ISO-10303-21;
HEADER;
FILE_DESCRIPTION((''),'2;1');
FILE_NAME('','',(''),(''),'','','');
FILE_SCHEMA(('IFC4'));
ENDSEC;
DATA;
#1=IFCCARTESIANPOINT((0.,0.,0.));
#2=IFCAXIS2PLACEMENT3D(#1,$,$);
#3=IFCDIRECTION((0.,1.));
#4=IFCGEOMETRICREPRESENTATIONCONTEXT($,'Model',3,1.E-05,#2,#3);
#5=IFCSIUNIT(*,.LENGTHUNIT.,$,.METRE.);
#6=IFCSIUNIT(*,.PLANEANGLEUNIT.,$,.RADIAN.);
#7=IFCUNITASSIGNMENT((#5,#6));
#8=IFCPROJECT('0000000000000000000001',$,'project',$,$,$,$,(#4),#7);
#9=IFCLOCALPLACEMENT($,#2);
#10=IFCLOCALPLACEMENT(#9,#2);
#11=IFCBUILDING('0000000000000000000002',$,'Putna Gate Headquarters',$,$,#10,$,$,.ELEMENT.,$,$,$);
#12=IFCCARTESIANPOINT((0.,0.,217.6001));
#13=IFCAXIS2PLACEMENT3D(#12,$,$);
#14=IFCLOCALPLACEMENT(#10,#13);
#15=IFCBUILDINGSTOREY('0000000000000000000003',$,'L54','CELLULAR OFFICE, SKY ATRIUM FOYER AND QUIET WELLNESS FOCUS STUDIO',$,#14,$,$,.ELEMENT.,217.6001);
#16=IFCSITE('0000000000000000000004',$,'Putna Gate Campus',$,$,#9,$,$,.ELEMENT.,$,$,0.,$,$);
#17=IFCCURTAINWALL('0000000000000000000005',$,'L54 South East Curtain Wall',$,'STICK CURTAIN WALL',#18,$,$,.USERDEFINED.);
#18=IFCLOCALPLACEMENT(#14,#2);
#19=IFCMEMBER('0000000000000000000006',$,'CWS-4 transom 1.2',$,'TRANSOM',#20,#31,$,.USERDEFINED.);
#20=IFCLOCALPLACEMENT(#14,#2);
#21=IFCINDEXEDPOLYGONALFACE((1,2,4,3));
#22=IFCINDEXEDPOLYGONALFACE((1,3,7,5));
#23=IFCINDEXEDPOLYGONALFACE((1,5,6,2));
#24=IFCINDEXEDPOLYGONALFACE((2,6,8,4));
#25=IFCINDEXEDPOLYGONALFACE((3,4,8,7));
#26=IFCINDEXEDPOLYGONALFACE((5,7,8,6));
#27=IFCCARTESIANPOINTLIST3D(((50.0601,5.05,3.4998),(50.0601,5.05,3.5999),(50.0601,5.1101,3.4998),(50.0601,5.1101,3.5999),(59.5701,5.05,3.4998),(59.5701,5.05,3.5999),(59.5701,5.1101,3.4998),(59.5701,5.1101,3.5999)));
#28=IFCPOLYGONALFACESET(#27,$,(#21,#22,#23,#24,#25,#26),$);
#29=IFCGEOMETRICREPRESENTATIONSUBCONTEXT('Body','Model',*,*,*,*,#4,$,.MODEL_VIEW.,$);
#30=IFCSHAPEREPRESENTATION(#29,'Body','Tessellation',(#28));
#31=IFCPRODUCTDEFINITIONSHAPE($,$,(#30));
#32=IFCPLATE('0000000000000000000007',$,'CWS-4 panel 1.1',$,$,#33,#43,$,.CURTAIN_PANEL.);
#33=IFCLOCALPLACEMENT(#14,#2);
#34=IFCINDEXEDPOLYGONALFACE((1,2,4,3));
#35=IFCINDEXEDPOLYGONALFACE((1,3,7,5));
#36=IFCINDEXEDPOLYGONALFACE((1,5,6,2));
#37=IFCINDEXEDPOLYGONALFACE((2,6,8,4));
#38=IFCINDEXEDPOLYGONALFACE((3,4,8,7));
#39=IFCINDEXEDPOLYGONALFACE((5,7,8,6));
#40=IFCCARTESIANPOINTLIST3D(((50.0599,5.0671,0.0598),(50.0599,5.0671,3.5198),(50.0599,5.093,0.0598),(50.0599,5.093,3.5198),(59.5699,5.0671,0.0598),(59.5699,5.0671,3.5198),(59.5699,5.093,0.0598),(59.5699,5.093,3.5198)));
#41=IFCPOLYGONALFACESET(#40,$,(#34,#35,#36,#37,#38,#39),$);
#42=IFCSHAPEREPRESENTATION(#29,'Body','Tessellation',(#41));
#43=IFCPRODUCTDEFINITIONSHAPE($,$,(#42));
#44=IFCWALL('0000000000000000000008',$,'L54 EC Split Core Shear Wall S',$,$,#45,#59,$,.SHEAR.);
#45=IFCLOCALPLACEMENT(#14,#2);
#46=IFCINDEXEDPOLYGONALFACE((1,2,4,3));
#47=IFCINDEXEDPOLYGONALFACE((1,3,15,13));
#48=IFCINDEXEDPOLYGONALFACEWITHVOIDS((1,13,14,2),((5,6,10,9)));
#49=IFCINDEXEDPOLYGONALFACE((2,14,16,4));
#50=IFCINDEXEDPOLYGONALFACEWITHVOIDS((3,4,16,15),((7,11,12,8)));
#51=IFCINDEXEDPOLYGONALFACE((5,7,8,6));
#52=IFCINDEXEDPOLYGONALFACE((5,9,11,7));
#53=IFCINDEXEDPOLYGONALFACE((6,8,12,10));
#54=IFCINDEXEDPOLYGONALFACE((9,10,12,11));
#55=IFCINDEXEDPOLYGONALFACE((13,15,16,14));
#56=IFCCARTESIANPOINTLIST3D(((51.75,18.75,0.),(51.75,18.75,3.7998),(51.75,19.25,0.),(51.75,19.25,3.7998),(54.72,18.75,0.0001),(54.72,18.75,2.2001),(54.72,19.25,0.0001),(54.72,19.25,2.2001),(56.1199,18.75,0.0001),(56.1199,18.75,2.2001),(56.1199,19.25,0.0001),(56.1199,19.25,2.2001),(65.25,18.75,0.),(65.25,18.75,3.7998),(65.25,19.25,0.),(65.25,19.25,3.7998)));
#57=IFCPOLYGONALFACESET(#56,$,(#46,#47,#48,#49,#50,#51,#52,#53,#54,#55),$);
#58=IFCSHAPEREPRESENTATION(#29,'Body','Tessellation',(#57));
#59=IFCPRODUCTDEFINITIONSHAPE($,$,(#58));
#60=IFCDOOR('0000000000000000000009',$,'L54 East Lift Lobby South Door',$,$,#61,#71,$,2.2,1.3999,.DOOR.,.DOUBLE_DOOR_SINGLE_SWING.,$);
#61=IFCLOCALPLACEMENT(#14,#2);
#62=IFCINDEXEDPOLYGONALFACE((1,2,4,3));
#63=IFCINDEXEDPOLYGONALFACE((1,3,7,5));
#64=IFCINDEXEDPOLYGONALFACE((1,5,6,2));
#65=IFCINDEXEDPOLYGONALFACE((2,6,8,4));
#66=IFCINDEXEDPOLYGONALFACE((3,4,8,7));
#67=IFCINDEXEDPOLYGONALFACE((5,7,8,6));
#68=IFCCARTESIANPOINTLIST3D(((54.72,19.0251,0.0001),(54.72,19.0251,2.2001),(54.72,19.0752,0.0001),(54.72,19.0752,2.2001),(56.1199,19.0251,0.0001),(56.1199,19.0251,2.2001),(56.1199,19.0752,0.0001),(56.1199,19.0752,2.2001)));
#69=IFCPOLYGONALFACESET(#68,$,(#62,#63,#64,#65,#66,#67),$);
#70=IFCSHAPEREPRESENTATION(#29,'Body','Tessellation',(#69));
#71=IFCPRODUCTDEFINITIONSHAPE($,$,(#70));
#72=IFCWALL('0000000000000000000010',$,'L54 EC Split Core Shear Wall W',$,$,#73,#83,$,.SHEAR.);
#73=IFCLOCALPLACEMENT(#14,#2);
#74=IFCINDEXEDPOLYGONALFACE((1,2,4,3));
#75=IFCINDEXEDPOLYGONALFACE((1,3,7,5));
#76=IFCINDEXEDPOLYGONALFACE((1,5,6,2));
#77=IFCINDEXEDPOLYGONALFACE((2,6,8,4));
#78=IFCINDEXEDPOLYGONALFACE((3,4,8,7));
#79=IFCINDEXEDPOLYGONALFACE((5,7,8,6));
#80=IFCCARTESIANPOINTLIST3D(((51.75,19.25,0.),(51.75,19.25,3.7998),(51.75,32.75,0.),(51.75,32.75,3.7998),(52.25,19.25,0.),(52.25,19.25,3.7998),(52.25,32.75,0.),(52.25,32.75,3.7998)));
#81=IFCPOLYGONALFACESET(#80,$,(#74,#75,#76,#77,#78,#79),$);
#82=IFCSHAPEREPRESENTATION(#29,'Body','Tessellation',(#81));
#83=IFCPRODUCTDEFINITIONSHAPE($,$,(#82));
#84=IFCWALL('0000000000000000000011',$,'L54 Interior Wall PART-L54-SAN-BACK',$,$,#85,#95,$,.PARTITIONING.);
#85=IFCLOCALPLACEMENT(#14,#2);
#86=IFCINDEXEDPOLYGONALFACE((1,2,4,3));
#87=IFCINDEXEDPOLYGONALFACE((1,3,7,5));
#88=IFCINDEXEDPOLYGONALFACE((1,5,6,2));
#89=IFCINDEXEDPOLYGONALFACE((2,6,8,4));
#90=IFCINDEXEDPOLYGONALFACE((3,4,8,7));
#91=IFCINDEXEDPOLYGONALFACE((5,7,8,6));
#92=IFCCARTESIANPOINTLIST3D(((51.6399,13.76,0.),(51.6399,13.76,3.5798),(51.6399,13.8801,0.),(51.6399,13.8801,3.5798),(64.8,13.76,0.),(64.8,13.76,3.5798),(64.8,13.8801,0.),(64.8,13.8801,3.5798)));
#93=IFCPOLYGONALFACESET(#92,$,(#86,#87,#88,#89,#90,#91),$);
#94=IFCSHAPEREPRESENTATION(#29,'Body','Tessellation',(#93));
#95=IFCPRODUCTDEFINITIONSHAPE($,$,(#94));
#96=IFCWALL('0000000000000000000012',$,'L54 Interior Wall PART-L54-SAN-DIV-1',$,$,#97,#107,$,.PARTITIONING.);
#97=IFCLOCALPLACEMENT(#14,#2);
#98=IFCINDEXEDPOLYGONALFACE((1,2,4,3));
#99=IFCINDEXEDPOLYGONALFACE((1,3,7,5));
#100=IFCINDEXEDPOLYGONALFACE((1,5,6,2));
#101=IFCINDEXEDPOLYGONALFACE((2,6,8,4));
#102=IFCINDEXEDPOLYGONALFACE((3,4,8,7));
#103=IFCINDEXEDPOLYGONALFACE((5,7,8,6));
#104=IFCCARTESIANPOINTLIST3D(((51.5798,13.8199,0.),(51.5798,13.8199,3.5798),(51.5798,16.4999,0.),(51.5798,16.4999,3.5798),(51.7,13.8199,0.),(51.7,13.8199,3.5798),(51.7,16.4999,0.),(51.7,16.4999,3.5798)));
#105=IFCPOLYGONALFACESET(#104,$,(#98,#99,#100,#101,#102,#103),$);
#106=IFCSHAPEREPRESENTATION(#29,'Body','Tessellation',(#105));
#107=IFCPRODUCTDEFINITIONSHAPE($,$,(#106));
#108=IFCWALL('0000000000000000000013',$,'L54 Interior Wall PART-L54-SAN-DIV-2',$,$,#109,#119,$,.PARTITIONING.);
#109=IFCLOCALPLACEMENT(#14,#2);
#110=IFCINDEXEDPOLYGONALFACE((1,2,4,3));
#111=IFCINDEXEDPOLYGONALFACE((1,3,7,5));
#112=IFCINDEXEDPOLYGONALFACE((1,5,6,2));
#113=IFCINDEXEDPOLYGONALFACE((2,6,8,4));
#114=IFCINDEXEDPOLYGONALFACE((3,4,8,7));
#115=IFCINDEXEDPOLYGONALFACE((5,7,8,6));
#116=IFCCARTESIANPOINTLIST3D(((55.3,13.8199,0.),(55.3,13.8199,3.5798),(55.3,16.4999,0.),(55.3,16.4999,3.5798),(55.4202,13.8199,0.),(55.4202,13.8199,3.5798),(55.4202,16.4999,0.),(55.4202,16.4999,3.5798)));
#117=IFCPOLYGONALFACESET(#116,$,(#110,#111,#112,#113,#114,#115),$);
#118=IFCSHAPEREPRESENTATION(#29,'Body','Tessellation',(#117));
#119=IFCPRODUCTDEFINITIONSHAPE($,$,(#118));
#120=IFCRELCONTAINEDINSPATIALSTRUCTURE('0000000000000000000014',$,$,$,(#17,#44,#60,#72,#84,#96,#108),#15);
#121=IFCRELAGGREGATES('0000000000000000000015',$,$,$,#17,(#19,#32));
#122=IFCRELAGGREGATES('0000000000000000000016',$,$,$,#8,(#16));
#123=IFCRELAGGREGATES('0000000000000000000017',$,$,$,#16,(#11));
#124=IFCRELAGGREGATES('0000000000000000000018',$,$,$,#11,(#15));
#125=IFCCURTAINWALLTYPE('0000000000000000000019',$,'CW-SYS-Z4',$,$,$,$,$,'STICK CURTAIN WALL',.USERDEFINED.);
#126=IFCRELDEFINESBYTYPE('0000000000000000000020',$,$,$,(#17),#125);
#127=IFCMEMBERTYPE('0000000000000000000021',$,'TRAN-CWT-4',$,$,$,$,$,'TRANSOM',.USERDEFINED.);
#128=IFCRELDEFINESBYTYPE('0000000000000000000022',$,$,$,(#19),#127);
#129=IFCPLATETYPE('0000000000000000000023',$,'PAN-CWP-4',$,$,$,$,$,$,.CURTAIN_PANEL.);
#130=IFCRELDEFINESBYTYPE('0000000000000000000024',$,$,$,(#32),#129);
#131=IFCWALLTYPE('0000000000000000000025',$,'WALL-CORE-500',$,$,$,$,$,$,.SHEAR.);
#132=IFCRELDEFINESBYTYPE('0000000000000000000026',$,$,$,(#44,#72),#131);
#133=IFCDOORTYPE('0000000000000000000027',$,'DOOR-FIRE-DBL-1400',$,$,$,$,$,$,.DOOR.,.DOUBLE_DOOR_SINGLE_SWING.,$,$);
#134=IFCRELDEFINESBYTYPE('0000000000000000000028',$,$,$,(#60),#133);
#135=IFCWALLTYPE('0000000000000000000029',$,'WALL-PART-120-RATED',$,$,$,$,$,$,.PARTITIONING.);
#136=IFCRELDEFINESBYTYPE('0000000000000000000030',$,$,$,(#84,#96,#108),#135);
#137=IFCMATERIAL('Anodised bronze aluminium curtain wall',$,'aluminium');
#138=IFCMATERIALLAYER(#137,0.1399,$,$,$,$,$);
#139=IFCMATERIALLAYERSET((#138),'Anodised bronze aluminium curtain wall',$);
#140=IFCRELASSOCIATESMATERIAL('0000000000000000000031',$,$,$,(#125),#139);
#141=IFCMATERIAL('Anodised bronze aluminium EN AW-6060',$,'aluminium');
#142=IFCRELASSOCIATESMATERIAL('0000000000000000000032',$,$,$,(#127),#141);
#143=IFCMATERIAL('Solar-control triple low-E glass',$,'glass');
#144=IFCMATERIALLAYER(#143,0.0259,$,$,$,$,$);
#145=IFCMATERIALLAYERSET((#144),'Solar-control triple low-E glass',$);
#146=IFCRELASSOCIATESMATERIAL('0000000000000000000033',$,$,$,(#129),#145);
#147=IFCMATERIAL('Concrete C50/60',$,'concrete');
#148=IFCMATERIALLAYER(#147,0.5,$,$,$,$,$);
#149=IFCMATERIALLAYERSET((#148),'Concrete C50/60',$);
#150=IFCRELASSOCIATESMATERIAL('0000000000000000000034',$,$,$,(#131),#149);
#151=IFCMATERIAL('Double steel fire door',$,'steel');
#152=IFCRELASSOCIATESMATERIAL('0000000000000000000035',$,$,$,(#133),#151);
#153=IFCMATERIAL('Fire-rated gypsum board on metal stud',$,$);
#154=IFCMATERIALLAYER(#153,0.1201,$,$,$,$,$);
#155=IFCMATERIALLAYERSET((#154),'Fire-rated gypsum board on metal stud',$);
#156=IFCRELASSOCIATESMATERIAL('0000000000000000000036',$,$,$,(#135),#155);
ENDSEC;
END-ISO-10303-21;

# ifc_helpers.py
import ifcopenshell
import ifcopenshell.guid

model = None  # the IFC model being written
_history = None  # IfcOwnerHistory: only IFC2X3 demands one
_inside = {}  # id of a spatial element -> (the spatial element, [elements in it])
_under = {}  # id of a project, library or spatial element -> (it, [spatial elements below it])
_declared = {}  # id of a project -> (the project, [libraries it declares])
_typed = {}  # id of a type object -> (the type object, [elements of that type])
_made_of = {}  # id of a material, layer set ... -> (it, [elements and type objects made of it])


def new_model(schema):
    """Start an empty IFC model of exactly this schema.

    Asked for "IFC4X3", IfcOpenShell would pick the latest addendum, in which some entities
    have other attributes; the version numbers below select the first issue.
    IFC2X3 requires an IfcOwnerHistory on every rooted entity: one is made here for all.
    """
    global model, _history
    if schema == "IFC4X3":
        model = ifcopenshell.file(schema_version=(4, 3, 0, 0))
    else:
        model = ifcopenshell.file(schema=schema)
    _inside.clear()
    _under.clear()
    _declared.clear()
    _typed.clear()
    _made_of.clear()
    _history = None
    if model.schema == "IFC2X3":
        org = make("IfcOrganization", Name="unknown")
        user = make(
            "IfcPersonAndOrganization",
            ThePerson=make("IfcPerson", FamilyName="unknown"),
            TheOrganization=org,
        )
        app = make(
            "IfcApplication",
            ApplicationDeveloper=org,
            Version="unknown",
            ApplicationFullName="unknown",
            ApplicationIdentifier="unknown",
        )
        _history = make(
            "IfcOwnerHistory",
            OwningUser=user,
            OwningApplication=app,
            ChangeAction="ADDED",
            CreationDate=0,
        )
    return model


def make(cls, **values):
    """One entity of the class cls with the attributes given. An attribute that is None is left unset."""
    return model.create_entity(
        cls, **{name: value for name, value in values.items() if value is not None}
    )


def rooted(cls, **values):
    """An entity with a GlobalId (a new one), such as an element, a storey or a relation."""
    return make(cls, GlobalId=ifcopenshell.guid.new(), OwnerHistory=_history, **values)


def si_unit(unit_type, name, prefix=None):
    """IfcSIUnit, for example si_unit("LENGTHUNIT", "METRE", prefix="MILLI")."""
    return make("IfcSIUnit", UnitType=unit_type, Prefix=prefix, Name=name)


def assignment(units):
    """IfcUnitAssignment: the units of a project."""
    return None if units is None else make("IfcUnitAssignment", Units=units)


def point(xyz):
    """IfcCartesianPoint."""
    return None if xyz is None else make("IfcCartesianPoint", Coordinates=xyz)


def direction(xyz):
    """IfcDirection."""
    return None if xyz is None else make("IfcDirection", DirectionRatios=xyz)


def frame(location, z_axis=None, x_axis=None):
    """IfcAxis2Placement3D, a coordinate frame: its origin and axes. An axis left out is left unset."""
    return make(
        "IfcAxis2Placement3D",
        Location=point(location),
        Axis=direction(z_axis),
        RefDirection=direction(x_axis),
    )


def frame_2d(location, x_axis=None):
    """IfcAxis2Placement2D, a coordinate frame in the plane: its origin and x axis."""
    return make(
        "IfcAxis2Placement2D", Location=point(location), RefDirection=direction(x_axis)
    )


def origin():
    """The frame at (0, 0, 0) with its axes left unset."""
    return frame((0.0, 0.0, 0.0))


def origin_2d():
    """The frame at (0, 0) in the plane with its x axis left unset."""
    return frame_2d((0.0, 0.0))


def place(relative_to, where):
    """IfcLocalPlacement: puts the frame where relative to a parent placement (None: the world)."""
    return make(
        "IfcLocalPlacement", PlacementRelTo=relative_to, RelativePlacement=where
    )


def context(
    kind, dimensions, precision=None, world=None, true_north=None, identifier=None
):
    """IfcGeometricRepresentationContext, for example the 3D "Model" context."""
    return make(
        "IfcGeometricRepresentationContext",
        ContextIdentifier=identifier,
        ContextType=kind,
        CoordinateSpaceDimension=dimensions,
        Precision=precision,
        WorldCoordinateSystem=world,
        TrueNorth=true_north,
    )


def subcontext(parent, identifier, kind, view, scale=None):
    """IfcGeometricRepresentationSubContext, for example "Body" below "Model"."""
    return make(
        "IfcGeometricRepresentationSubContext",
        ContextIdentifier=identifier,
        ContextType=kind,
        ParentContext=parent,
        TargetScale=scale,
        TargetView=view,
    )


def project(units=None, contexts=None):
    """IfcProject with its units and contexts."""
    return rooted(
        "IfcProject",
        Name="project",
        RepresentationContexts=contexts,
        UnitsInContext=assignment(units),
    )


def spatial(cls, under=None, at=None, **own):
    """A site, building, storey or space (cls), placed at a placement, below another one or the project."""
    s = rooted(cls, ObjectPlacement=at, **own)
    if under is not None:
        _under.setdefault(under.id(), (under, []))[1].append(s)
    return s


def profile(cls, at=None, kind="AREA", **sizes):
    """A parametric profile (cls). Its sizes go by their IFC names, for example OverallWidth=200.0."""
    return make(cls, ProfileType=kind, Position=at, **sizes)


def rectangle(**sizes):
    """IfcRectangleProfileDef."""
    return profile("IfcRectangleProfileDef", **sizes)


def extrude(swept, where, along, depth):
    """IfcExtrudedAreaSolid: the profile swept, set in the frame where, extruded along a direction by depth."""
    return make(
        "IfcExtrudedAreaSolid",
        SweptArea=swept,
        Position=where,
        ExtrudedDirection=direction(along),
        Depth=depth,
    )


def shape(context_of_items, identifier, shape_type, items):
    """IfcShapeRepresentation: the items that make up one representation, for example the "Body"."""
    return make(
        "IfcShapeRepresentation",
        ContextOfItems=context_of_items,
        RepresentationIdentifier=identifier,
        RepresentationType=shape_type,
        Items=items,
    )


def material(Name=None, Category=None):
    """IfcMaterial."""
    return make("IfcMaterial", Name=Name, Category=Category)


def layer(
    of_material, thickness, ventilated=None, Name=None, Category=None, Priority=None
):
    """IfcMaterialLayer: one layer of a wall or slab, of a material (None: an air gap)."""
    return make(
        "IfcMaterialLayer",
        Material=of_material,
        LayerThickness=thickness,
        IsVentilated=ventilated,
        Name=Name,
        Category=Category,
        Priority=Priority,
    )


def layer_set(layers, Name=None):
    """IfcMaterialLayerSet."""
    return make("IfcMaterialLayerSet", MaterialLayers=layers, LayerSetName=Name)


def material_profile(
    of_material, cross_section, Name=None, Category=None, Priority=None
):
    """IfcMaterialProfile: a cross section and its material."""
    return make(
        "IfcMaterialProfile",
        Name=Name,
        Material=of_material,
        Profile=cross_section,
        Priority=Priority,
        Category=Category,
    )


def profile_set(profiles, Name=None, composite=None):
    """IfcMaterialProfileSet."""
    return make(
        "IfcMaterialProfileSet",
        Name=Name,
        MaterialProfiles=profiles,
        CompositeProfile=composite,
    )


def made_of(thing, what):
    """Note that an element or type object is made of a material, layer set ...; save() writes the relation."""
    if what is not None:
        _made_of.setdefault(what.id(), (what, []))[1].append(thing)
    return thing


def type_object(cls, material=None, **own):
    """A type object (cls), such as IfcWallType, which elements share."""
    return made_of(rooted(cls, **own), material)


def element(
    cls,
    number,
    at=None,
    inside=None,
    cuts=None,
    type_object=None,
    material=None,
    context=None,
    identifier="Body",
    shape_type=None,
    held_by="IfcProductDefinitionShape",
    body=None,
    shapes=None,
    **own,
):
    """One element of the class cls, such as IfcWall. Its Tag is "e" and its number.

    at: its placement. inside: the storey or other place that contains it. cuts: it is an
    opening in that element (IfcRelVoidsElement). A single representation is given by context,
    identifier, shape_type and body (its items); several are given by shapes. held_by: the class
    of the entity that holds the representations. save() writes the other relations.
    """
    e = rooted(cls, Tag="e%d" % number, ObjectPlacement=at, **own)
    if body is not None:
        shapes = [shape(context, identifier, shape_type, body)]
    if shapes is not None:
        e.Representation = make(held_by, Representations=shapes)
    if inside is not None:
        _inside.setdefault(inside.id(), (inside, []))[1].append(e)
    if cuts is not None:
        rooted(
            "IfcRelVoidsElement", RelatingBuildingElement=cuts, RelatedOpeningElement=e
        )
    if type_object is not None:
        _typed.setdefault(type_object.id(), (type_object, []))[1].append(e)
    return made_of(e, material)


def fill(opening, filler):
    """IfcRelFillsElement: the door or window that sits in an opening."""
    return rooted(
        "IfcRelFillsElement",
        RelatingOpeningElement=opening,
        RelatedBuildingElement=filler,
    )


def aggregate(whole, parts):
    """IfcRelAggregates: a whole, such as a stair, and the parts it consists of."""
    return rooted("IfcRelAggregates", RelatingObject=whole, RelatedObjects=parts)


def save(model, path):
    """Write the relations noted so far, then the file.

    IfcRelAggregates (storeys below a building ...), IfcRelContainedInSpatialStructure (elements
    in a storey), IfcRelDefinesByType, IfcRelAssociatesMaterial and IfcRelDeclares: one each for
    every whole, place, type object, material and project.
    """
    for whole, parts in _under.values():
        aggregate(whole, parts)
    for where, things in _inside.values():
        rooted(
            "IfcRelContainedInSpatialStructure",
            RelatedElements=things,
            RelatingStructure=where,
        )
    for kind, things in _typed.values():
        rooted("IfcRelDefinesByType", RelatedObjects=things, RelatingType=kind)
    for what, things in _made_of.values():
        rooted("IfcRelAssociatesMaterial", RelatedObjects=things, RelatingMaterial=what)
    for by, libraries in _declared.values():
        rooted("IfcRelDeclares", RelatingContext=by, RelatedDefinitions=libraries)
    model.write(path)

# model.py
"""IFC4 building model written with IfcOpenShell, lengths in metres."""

from ifc_helpers import new_model, si_unit, direction, frame, frame_2d, origin, origin_2d, place, context, subcontext, project, spatial, rectangle, extrude, material, layer, layer_set, material_profile, profile_set, type_object, element, fill, aggregate, save


model = new_model("IFC4")

# Units and contexts
model_context = context("Model", 3, precision=1e-05, world=origin(), true_north=direction((0.0, 1.0)))
body_context = subcontext(model_context, "Body", "Model", "MODEL_VIEW")
ifc_project = project(units=[si_unit("LENGTHUNIT", "METRE"), si_unit("PLANEANGLEUNIT", "RADIAN")], contexts=[model_context])

# Site, building, storey
site_placement = place(None, origin())
site = spatial("IfcSite", under=ifc_project, at=site_placement, Name="Putna Gate Campus", CompositionType="ELEMENT", RefElevation=0.0)
building_placement = place(site_placement, origin())
building = spatial("IfcBuilding", under=site, at=building_placement, Name="Putna Gate Headquarters", CompositionType="ELEMENT")
storey_placement = place(building_placement, frame((0.0, 0.0, 217.6001)))
storey = spatial("IfcBuildingStorey", under=building, at=storey_placement, Name="L54", Description="CELLULAR OFFICE, SKY ATRIUM FOYER AND QUIET WELLNESS FOCUS STUDIO", CompositionType="ELEMENT", Elevation=217.6001)

# Curtain wall
ifc_material_1 = material(Name="Anodised bronze aluminium curtain wall", Category="aluminium")
ifc_layer_1 = layer(ifc_material_1, 0.1399)
ifc_layer_set_1 = layer_set([ifc_layer_1], Name="Anodised bronze aluminium curtain wall")
curtain_wall_type_1 = type_object("IfcCurtainWallType", Name="CW-SYS-Z4", ElementType="STICK CURTAIN WALL", PredefinedType="USERDEFINED", material=ifc_layer_set_1)
curtain_wall_1_placement = place(storey_placement, origin())
curtain_wall_1 = element("IfcCurtainWall", 1, at=curtain_wall_1_placement, inside=storey, type_object=curtain_wall_type_1, Name="L54 South East Curtain Wall", ObjectType="STICK CURTAIN WALL", PredefinedType="USERDEFINED")
ifc_material_2 = material(Name="Anodised bronze aluminium EN AW-6060", Category="aluminium")

# Member
ifc_material_profile_1 = material_profile(ifc_material_2, rectangle(XDim=0.0601, YDim=0.1001, at=origin_2d()), Name="Anodised bronze aluminium EN AW-6060")
ifc_profile_set_1 = profile_set([ifc_material_profile_1], Name="Anodised bronze aluminium EN AW-6060")
member_type_1 = type_object("IfcMemberType", Name="TRAN-CWT-4", ElementType="TRANSOM", PredefinedType="USERDEFINED", material=ifc_profile_set_1)
member_1_placement = place(storey_placement, frame((50.0601, 5.0801, 3.5498), z_axis=(1.0, 0.0, 0.0), x_axis=(0.0, 1.0, 0.0)))
member_1 = element("IfcMember", 2, at=member_1_placement, type_object=member_type_1, Name="CWS-4 transom 1.2", ObjectType="TRANSOM", PredefinedType="USERDEFINED", context=body_context, shape_type="SweptSolid", body=[
    extrude(rectangle(XDim=0.0601, YDim=0.1001, at=origin_2d()), origin(), (0.0, 0.0, 1.0), 9.51),
])

# Plate
ifc_material_3 = material(Name="Solar-control triple low-E glass", Category="glass")
ifc_layer_2 = layer(ifc_material_3, 0.0259)
ifc_layer_set_2 = layer_set([ifc_layer_2], Name="Solar-control triple low-E glass")
plate_type = type_object("IfcPlateType", Name="PAN-CWP-4", PredefinedType="CURTAIN_PANEL", material=ifc_layer_set_2)
plate_placement = place(storey_placement, frame((54.8149, 5.0801, 0.0598), z_axis=(0.0, 0.0, 1.0), x_axis=(1.0, 0.0, 0.0)))
plate = element("IfcPlate", 3, at=plate_placement, type_object=plate_type, Name="CWS-4 panel 1.1", PredefinedType="CURTAIN_PANEL", context=body_context, shape_type="SweptSolid", body=[
    extrude(rectangle(XDim=9.51, YDim=0.0259, at=origin_2d()), origin(), (0.0, 0.0, 1.0), 3.46),
])
aggregate(curtain_wall_1, [member_1, plate])

# Wall, opening, door
ifc_material_4 = material(Name="Concrete C50/60", Category="concrete")
ifc_layer_3 = layer(ifc_material_4, 0.5)
ifc_layer_set_3 = layer_set([ifc_layer_3], Name="Concrete C50/60")
wall_type_1 = type_object("IfcWallType", Name="WALL-CORE-500", PredefinedType="SHEAR", material=ifc_layer_set_3)
wall_1_placement = place(storey_placement, frame((51.75, 19.0, 0.0), z_axis=(0.0, 0.0, 1.0), x_axis=(1.0, 0.0, 0.0)))
wall_1 = element("IfcWall", 4, at=wall_1_placement, inside=storey, type_object=wall_type_1, Name="L54 EC Split Core Shear Wall S", PredefinedType="SHEAR", context=body_context, shape_type="SweptSolid", body=[
    extrude(rectangle(XDim=13.5, YDim=0.5, at=frame_2d((6.75, 0.0))), origin(), (0.0, 0.0, 1.0), 3.7998),
])
opening_1_placement = place(wall_1_placement, frame((2.97, 0.0, 0.0)))
opening_1 = element("IfcOpeningElement", 5, at=opening_1_placement, cuts=wall_1, PredefinedType="OPENING", context=body_context, shape_type="SweptSolid", body=[
    extrude(rectangle(XDim=1.3999, YDim=2.2, at=frame_2d((0.7, 1.1001))), frame((0.0, 0.26, 0.0), z_axis=(0.0, -1.0, 0.0), x_axis=(1.0, 0.0, 0.0)), (0.0, 0.0, 1.0), 0.52),
])
ifc_material_5 = material(Name="Double steel fire door", Category="steel")
door_type_1 = type_object("IfcDoorType", Name="DOOR-FIRE-DBL-1400", OperationType="DOUBLE_DOOR_SINGLE_SWING", PredefinedType="DOOR", material=ifc_material_5)
door_1_placement = place(opening_1_placement, origin())
door_1 = element("IfcDoor", 6, at=door_1_placement, inside=storey, type_object=door_type_1, Name="L54 East Lift Lobby South Door", OperationType="DOUBLE_DOOR_SINGLE_SWING", OverallHeight=2.2, OverallWidth=1.3999, PredefinedType="DOOR", context=body_context, shape_type="SweptSolid", body=[
    extrude(rectangle(XDim=1.3999, YDim=2.2, at=frame_2d((0.7, 1.1001))), frame((0.0, 0.0752, 0.0), z_axis=(0.0, -1.0, 0.0), x_axis=(1.0, 0.0, 0.0)), (0.0, 0.0, 1.0), 0.05),
])
fill(opening_1, door_1)

# Wall
wall_2_placement = place(storey_placement, frame((52.0, 19.25, 0.0), z_axis=(0.0, 0.0, 1.0), x_axis=(0.0, 1.0, 0.0)))
element("IfcWall", 7, at=wall_2_placement, inside=storey, type_object=wall_type_1, Name="L54 EC Split Core Shear Wall W", PredefinedType="SHEAR", context=body_context, shape_type="SweptSolid", body=[
    extrude(rectangle(XDim=13.5, YDim=0.5, at=frame_2d((6.75, 0.0))), origin(), (0.0, 0.0, 1.0), 3.7998),
])

# Shared definitions
ifc_material_6 = material(Name="Fire-rated gypsum board on metal stud")
ifc_layer_4 = layer(ifc_material_6, 0.1201)
ifc_layer_set_4 = layer_set([ifc_layer_4], Name="Fire-rated gypsum board on metal stud")
wall_type_2 = type_object("IfcWallType", Name="WALL-PART-120-RATED", PredefinedType="PARTITIONING", material=ifc_layer_set_4)

# Walls
wall_3_placement = place(storey_placement, frame((51.6399, 13.8201, 0.0), z_axis=(0.0, 0.0, 1.0), x_axis=(1.0, 0.0, 0.0)))
element("IfcWall", 8, at=wall_3_placement, inside=storey, type_object=wall_type_2, Name="L54 Interior Wall PART-L54-SAN-BACK", PredefinedType="PARTITIONING", context=body_context, shape_type="SweptSolid", body=[
    extrude(rectangle(XDim=13.1602, YDim=0.1201, at=frame_2d((6.5801, 0.0))), origin(), (0.0, 0.0, 1.0), 3.5798),
])
for number, where, z_axis, x_axis, name in (
    (9, (51.6399, 13.8201, 0.0), (0.0, 0.0, 1.0), (0.0, 1.0, 0.0), "L54 Interior Wall PART-L54-SAN-DIV-1"),
    (10, (55.3601, 13.8201, 0.0), (0.0, 0.0, 1.0), (0.0, 1.0, 0.0), "L54 Interior Wall PART-L54-SAN-DIV-2"),
):
    element("IfcWall", number, at=place(storey_placement, frame(where, z_axis=z_axis, x_axis=x_axis)), inside=storey, type_object=wall_type_2, Name=name, PredefinedType="PARTITIONING", context=body_context, shape_type="SweptSolid", body=[
        extrude(rectangle(XDim=2.6799, YDim=0.1201, at=frame_2d((1.3398, 0.0))), origin(), (0.0, 0.0, 1.0), 3.5798),
    ])

save(model, "model.ifc")
